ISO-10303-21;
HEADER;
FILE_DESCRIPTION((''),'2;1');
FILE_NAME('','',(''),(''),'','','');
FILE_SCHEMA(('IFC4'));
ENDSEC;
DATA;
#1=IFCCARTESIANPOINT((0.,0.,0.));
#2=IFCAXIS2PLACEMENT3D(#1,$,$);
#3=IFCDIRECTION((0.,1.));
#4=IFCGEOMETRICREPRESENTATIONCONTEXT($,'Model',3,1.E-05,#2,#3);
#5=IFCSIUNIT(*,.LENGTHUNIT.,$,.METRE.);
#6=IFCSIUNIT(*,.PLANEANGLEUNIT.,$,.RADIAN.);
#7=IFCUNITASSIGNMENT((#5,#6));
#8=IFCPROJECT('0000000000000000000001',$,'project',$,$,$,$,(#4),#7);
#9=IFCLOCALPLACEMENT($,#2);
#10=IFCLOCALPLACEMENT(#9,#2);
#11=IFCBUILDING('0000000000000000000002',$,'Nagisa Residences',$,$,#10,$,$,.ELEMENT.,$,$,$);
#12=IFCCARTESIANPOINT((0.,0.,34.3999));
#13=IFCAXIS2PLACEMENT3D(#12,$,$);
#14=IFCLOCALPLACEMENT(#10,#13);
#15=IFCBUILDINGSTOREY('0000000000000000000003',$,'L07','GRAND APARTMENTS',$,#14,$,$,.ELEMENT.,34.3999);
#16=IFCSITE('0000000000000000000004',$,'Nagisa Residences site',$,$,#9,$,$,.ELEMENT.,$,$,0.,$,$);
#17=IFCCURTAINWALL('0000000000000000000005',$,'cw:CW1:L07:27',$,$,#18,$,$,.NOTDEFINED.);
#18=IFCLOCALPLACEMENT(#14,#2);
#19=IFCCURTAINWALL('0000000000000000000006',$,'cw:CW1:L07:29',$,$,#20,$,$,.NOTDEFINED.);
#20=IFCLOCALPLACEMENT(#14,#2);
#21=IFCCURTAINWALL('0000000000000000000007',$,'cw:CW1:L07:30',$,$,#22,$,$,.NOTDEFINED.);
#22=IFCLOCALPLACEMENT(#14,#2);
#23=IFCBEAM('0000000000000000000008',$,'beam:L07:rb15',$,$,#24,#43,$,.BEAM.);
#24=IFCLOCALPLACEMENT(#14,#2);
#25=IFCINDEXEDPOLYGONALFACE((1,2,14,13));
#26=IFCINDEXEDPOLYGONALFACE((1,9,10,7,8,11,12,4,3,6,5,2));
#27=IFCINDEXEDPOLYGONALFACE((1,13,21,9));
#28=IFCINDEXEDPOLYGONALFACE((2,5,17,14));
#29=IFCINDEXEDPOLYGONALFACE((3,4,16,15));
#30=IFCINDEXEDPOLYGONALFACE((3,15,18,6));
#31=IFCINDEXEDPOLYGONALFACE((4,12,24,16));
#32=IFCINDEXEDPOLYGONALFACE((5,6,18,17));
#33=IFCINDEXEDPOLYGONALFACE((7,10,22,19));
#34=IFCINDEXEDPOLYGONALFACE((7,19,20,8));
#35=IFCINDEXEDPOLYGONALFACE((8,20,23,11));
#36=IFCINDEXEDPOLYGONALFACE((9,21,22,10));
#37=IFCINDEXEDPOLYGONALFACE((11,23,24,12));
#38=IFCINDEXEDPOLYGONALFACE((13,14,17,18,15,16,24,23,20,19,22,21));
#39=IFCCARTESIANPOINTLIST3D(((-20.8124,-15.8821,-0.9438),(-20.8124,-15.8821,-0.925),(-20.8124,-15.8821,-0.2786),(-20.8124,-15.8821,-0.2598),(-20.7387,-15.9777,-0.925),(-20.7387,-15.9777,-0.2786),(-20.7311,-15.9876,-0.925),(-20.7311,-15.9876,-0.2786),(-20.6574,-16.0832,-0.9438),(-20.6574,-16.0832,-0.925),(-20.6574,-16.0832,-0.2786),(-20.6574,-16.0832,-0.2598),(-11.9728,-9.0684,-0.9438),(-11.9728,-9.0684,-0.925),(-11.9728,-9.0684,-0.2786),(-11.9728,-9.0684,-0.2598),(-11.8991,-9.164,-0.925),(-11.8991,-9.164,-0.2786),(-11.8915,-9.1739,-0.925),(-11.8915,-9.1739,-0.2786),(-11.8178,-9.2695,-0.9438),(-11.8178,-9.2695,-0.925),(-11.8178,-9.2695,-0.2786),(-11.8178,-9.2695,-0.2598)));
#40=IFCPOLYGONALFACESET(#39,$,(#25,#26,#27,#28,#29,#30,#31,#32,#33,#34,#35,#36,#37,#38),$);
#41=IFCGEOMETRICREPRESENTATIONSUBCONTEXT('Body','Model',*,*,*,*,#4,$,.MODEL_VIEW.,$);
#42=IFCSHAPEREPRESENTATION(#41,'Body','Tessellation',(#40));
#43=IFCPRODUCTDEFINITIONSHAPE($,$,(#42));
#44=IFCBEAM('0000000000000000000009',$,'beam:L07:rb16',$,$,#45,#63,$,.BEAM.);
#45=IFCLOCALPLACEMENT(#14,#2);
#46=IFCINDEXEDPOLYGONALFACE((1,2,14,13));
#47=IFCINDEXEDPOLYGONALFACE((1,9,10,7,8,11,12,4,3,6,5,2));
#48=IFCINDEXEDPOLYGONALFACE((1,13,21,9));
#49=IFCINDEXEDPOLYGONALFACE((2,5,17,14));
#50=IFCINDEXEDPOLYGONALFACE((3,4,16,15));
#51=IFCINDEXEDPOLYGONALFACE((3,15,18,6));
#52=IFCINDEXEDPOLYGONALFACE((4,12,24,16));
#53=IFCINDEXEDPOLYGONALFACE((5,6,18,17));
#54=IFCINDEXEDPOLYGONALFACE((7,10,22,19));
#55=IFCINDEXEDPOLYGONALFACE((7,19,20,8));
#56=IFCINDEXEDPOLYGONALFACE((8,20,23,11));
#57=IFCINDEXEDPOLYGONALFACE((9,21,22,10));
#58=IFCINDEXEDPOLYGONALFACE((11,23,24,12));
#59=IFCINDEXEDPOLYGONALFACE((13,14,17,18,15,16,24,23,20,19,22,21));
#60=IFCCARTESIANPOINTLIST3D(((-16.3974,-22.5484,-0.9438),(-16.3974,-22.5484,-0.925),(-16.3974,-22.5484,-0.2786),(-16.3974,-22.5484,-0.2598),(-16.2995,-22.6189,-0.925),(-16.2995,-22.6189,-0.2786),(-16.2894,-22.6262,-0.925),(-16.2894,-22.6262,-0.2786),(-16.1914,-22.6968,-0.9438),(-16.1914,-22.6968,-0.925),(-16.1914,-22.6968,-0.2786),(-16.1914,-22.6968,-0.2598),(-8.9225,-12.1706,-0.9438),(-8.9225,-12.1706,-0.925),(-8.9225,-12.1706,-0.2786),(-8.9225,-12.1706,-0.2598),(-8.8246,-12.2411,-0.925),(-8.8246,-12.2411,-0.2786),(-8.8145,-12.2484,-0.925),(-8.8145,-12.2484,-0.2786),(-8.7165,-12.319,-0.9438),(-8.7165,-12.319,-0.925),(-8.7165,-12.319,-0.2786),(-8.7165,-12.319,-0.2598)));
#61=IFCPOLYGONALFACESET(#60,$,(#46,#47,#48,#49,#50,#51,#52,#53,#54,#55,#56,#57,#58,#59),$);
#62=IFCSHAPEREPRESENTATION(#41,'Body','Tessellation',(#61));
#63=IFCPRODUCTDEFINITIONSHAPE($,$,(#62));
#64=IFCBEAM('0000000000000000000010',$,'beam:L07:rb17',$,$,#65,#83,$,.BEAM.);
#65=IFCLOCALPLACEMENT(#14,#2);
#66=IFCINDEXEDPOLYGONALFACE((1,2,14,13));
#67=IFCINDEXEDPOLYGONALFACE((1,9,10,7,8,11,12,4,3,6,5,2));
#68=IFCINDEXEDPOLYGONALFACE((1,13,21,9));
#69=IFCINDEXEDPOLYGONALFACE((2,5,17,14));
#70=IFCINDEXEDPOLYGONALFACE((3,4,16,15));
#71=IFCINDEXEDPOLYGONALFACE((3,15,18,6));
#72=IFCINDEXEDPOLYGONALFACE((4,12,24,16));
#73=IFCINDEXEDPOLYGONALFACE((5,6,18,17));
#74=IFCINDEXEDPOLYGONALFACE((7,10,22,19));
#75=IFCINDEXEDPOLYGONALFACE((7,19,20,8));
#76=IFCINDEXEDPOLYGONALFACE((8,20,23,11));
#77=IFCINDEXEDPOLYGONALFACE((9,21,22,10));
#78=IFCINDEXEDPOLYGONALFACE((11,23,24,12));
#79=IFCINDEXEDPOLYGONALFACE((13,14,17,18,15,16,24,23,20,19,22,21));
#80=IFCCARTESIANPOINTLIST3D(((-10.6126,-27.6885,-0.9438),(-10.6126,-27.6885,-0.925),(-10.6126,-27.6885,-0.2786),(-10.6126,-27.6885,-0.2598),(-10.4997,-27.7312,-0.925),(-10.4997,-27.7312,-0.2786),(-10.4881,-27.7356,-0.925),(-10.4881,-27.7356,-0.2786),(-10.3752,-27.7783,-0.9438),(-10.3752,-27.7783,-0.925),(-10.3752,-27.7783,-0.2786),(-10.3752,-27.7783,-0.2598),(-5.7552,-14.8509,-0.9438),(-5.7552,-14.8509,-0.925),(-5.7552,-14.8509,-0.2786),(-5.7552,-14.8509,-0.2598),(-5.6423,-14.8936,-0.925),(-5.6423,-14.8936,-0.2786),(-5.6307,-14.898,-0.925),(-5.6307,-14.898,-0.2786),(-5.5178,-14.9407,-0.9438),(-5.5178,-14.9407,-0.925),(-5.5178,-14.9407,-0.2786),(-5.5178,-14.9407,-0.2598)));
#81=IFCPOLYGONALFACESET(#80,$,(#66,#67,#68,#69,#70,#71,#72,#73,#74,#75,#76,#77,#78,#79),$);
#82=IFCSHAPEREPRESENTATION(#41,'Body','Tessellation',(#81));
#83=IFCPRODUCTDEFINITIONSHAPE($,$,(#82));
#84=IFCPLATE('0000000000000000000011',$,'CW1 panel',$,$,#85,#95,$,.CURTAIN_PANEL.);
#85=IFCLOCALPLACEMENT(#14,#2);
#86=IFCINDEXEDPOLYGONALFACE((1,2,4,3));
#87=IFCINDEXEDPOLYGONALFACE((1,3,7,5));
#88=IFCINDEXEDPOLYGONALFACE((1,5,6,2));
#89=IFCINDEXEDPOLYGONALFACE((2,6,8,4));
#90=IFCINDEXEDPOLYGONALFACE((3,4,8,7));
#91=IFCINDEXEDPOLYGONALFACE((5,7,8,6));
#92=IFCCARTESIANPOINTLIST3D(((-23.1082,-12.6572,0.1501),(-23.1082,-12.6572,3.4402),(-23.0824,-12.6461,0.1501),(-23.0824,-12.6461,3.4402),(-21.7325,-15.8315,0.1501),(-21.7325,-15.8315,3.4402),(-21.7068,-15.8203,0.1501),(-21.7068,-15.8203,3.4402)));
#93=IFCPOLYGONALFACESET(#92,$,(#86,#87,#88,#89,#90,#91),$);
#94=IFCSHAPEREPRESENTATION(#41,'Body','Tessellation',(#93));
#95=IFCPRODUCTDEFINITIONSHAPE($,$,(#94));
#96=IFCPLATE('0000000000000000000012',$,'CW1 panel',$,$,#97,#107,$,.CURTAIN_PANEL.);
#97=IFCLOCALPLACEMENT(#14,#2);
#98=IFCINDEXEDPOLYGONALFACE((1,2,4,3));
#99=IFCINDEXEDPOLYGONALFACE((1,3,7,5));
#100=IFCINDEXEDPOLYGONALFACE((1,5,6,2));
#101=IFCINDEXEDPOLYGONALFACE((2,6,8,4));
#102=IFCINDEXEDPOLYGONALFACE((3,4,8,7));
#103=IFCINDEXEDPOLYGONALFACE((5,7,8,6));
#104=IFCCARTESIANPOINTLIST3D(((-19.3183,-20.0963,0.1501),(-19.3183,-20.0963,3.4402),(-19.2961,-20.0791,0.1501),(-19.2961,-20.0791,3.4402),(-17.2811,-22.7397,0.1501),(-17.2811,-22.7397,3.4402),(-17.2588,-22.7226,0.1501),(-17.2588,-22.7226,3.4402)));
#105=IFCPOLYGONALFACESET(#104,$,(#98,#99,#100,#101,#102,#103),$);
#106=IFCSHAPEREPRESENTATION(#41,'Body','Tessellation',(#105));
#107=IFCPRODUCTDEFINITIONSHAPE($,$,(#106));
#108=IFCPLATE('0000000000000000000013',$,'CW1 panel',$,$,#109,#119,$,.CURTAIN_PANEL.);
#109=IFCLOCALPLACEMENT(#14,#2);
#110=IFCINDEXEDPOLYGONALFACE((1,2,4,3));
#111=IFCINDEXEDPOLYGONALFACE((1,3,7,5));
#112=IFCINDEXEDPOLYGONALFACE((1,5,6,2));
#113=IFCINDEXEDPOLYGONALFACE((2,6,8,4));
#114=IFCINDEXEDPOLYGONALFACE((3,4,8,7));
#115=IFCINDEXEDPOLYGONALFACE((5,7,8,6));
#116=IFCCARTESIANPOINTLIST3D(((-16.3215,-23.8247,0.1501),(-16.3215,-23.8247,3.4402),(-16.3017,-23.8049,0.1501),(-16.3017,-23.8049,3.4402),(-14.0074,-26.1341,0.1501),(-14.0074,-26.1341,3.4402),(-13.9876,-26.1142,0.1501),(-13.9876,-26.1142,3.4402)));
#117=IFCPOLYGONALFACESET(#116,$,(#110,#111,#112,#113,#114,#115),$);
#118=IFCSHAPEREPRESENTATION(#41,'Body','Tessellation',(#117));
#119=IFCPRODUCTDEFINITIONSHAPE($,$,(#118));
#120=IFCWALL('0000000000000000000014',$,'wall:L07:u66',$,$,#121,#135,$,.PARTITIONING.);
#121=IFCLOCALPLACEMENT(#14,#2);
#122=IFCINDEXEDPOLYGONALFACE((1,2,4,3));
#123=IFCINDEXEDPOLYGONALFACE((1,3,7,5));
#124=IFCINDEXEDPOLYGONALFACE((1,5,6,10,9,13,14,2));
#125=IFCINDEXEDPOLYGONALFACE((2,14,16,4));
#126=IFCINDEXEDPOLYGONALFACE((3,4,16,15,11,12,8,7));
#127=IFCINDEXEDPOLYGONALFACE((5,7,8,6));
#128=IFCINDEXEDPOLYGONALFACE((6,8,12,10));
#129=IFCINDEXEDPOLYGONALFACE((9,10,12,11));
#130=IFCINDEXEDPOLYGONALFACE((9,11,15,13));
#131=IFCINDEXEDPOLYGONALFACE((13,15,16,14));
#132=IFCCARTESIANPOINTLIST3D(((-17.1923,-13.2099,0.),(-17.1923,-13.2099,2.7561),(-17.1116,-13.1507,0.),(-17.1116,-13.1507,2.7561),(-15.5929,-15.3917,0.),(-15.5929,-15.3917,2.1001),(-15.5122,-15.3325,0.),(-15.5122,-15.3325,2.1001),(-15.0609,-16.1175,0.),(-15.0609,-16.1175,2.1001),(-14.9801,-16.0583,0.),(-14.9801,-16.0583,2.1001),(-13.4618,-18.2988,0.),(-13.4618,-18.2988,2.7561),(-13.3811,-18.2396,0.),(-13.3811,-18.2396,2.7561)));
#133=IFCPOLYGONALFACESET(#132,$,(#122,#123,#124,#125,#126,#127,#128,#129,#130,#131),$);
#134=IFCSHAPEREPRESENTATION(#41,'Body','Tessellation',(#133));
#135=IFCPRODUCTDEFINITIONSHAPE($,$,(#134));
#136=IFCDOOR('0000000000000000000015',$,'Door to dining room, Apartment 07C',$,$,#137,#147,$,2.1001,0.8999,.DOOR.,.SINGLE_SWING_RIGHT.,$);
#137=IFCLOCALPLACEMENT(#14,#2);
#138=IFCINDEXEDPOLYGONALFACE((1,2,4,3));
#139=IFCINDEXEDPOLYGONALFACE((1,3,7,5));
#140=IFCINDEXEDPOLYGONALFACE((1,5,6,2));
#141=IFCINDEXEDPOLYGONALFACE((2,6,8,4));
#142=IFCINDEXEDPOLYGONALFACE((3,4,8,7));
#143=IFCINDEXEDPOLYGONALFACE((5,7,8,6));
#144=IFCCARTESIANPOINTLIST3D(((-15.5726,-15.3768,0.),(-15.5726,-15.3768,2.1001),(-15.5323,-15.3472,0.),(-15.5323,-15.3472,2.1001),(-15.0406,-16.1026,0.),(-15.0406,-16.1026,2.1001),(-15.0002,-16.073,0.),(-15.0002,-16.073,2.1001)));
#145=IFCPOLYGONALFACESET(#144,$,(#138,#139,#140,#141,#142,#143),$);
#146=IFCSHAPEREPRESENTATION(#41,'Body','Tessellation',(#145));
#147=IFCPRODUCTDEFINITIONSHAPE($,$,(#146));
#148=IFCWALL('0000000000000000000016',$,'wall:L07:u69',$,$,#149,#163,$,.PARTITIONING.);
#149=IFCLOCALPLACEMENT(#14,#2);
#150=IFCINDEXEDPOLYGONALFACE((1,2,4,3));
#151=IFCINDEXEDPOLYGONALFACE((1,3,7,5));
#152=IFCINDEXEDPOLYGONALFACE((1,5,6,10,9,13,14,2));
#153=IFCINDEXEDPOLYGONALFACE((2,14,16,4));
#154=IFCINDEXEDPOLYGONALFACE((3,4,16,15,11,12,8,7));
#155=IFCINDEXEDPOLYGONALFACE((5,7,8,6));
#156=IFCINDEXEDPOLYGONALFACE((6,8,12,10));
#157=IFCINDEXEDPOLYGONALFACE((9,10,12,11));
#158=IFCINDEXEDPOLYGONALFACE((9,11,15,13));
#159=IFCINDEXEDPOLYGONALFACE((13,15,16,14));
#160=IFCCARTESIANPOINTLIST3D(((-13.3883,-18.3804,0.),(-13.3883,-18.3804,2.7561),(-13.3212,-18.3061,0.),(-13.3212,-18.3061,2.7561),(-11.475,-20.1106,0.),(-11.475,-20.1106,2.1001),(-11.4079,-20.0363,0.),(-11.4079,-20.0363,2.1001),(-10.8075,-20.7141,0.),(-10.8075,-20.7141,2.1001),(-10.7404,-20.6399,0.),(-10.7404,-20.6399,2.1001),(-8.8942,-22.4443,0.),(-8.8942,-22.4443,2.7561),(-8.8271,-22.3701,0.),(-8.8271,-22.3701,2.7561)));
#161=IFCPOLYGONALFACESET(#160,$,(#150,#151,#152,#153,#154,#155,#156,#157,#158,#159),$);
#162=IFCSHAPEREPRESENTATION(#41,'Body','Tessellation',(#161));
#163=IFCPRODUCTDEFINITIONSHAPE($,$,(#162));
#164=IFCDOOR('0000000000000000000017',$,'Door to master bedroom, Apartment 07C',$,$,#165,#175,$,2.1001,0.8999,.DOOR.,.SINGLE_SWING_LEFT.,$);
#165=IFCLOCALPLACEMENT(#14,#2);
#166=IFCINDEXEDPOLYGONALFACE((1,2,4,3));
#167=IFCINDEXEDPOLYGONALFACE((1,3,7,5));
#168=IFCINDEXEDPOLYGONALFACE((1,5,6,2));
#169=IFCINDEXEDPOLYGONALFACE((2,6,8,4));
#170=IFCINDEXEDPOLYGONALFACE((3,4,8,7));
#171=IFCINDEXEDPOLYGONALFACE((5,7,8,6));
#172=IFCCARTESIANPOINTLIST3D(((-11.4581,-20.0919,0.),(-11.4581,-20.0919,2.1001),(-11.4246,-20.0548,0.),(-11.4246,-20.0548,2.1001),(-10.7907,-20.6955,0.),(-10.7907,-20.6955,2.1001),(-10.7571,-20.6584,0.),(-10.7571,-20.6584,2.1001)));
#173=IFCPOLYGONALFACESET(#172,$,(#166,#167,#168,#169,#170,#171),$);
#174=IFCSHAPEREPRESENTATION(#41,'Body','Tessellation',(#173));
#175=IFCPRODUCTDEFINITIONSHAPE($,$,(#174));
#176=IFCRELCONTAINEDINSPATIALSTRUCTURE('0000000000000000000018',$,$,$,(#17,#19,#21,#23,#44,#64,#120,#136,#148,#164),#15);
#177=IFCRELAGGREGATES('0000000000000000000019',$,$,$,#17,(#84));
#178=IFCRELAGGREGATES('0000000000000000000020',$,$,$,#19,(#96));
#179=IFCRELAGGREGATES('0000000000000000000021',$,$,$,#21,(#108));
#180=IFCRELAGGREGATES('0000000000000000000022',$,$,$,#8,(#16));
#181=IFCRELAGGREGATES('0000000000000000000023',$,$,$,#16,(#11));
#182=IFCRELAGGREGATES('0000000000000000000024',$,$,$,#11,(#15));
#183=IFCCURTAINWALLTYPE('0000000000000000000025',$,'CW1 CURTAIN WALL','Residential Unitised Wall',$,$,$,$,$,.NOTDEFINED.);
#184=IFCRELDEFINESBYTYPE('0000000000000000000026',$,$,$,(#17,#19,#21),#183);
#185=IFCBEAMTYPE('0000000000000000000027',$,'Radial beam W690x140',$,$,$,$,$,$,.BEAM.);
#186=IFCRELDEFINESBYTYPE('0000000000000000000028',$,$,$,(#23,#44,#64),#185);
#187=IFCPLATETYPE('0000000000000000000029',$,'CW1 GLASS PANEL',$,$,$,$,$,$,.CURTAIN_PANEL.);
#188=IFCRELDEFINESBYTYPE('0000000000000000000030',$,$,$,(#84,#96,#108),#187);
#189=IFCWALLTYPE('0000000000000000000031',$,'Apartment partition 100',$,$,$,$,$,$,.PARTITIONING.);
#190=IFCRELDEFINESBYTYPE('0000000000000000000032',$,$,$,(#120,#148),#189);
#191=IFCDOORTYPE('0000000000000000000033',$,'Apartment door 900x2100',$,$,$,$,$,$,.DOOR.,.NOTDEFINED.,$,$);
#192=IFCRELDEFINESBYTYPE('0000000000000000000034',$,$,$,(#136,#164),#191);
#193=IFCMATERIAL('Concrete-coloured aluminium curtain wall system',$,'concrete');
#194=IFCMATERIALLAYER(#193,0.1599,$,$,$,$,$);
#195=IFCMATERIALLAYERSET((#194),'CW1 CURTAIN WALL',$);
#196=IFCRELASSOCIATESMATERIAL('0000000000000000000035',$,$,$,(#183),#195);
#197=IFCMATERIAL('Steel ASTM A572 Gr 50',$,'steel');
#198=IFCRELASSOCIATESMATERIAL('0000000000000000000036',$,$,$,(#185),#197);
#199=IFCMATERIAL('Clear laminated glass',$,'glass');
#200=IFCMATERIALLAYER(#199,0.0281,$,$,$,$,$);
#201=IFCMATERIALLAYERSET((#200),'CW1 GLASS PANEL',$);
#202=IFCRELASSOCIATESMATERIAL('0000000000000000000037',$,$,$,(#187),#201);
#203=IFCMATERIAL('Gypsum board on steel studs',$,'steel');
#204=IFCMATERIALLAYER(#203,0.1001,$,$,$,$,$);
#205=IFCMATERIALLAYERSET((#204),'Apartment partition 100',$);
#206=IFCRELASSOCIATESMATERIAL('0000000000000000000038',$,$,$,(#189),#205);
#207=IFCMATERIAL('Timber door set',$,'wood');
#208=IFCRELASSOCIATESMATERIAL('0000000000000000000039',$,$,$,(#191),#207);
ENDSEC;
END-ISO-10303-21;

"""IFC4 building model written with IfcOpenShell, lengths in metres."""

from ifc_helpers import new_model, si_unit, direction, frame, frame_2d, origin, origin_2d, place, context, subcontext, project, spatial, rectangle, i_section, extrude, material, layer, layer_set, material_profile, profile_set, type_object, element, fill, aggregate, save


model = new_model("IFC4")

# Units and contexts
model_context = context("Model", 3, precision=1e-05, world=origin(), true_north=direction((0.0, 1.0)))
body_context = subcontext(model_context, "Body", "Model", "MODEL_VIEW")
ifc_project = project(units=[si_unit("LENGTHUNIT", "METRE"), si_unit("PLANEANGLEUNIT", "RADIAN")], contexts=[model_context])

# Site, building, storey
site_placement = place(None, origin())
site = spatial("IfcSite", under=ifc_project, at=site_placement, Name="Nagisa Residences site", CompositionType="ELEMENT", RefElevation=0.0)
building_placement = place(site_placement, origin())
building = spatial("IfcBuilding", under=site, at=building_placement, Name="Nagisa Residences", CompositionType="ELEMENT")
storey_placement = place(building_placement, frame((0.0, 0.0, 34.3999)))
storey = spatial("IfcBuildingStorey", under=building, at=storey_placement, Name="L07", Description="GRAND APARTMENTS", CompositionType="ELEMENT", Elevation=34.3999)

# Curtain walls
ifc_material_1 = material(Name="Concrete-coloured aluminium curtain wall system", Category="concrete")
ifc_layer_1 = layer(ifc_material_1, 0.1599)
ifc_layer_set_1 = layer_set([ifc_layer_1], Name="CW1 CURTAIN WALL")
curtain_wall_type = type_object("IfcCurtainWallType", Name="CW1 CURTAIN WALL", Description="Residential Unitised Wall", PredefinedType="NOTDEFINED", material=ifc_layer_set_1)
curtain_wall_1_placement = place(storey_placement, origin())
curtain_wall_1 = element("IfcCurtainWall", 1, at=curtain_wall_1_placement, inside=storey, type_object=curtain_wall_type, Name="cw:CW1:L07:27", PredefinedType="NOTDEFINED")
curtain_wall_2_placement = place(storey_placement, origin())
curtain_wall_2 = element("IfcCurtainWall", 2, at=curtain_wall_2_placement, inside=storey, type_object=curtain_wall_type, Name="cw:CW1:L07:29", PredefinedType="NOTDEFINED")
curtain_wall_3_placement = place(storey_placement, origin())
curtain_wall_3 = element("IfcCurtainWall", 3, at=curtain_wall_3_placement, inside=storey, type_object=curtain_wall_type, Name="cw:CW1:L07:30", PredefinedType="NOTDEFINED")

# Beams
ifc_material_2 = material(Name="Steel ASTM A572 Gr 50", Category="steel")
ifc_material_profile_1 = material_profile(ifc_material_2, i_section(OverallWidth=0.2539, OverallDepth=0.6841, WebThickness=0.0125, FlangeThickness=0.0188, at=origin_2d()), Name="W690x140")
ifc_profile_set_1 = profile_set([ifc_material_profile_1], Name="Steel ASTM A572 Gr 50")
beam_type_1 = type_object("IfcBeamType", Name="Radial beam W690x140", PredefinedType="BEAM", material=ifc_profile_set_1)
beam_1_placement = place(storey_placement, frame((-20.7349, -15.9827, -0.6018), z_axis=(0.792016, 0.6105, 0.0), x_axis=(-0.6105, 0.792016, 0.0)))
element("IfcBeam", 4, at=beam_1_placement, inside=storey, type_object=beam_type_1, Name="beam:L07:rb15", PredefinedType="BEAM", context=body_context, shape_type="SweptSolid", body=[
    extrude(i_section(OverallWidth=0.2539, OverallDepth=0.6841, WebThickness=0.0125, FlangeThickness=0.0188, at=origin_2d()), origin(), (0.0, 0.0, 1.0), 11.1609),
])
beam_2_placement = place(storey_placement, frame((-16.2944, -22.6226, -0.6018), z_axis=(0.584455, 0.811426, 0.0), x_axis=(-0.811426, 0.584455, 0.0)))
element("IfcBeam", 5, at=beam_2_placement, inside=storey, type_object=beam_type_1, Name="beam:L07:rb16", PredefinedType="BEAM", context=body_context, shape_type="SweptSolid", body=[
    extrude(i_section(OverallWidth=0.2539, OverallDepth=0.6841, WebThickness=0.0125, FlangeThickness=0.0188, at=origin_2d()), origin(), (0.0, 0.0, 1.0), 12.7896),
])
beam_3_placement = place(storey_placement, frame((-10.4939, -27.7334, -0.6018), z_axis=(0.353888, 0.935288, 0.0), x_axis=(-0.935288, 0.353888, 0.0)))
element("IfcBeam", 6, at=beam_3_placement, inside=storey, type_object=beam_type_1, Name="beam:L07:rb17", PredefinedType="BEAM", context=body_context, shape_type="SweptSolid", body=[
    extrude(i_section(OverallWidth=0.2539, OverallDepth=0.6841, WebThickness=0.0125, FlangeThickness=0.0188, at=origin_2d()), origin(), (0.0, 0.0, 1.0), 13.7258),
])

# Plates
ifc_material_3 = material(Name="Clear laminated glass", Category="glass")
ifc_layer_2 = layer(ifc_material_3, 0.0281)
ifc_layer_set_2 = layer_set([ifc_layer_2], Name="CW1 GLASS PANEL")
plate_type = type_object("IfcPlateType", Name="CW1 GLASS PANEL", PredefinedType="CURTAIN_PANEL", material=ifc_layer_set_2)
plate_1_placement = place(storey_placement, frame((-22.4075, -14.2388, 0.1501), z_axis=(0.0, 0.0, 1.0), x_axis=(0.397636, -0.917543, 0.0)))
plate_1 = element("IfcPlate", 7, at=plate_1_placement, type_object=plate_type, Name="CW1 panel", PredefinedType="CURTAIN_PANEL", context=body_context, shape_type="SweptSolid", body=[
    extrude(rectangle(XDim=3.4595, YDim=0.0281, at=origin_2d()), origin(), (0.0, 0.0, 1.0), 3.29),
])
aggregate(curtain_wall_1, [plate_1])
plate_2_placement = place(storey_placement, frame((-18.2886, -21.4094, 0.1501), z_axis=(0.0, 0.0, 1.0), x_axis=(0.61043, -0.79207, 0.0)))
plate_2 = element("IfcPlate", 8, at=plate_2_placement, type_object=plate_type, Name="CW1 panel", PredefinedType="CURTAIN_PANEL", context=body_context, shape_type="SweptSolid", body=[
    extrude(rectangle(XDim=3.3374, YDim=0.0281, at=origin_2d()), origin(), (0.0, 0.0, 1.0), 3.29),
])
aggregate(curtain_wall_2, [plate_2])
plate_3_placement = place(storey_placement, frame((-15.1545, -24.9695, 0.1501), z_axis=(0.0, 0.0, 1.0), x_axis=(0.707836, -0.706377, 0.0)))
plate_3 = element("IfcPlate", 9, at=plate_3_placement, type_object=plate_type, Name="CW1 panel", PredefinedType="CURTAIN_PANEL", context=body_context, shape_type="SweptSolid", body=[
    extrude(rectangle(XDim=3.2693, YDim=0.0281, at=origin_2d()), origin(), (0.0, 0.0, 1.0), 3.29),
])
aggregate(curtain_wall_3, [plate_3])

# Walls, openings, doors
ifc_material_4 = material(Name="Gypsum board on steel studs", Category="steel")
ifc_layer_3 = layer(ifc_material_4, 0.1001)
ifc_layer_set_3 = layer_set([ifc_layer_3], Name="Apartment partition 100")
wall_type_1 = type_object("IfcWallType", Name="Apartment partition 100", PredefinedType="PARTITIONING", material=ifc_layer_set_3)
wall_1_placement = place(storey_placement, frame((-17.1519, -13.1804, 0.0), z_axis=(0.0, 0.0, 1.0), x_axis=(0.591223, -0.806508, 0.0)))
wall_1 = element("IfcWall", 10, at=wall_1_placement, inside=storey, type_object=wall_type_1, Name="wall:L07:u66", PredefinedType="PARTITIONING", context=body_context, shape_type="SweptSolid", body=[
    extrude(rectangle(XDim=6.3098, YDim=0.1001, at=frame_2d((3.1548, 0.0))), origin(), (0.0, 0.0, 1.0), 2.7561),
])
opening_1_placement = place(wall_1_placement, frame((2.7051, 0.0, 0.0)))
opening_1 = element("IfcOpeningElement", 11, at=opening_1_placement, cuts=wall_1, PredefinedType="OPENING", context=body_context, shape_type="SweptSolid", body=[
    extrude(rectangle(XDim=0.8999, YDim=2.1001, at=frame_2d((0.45, 1.05))), frame((0.0, 0.0601, 0.0), z_axis=(0.0, -1.0, 0.0), x_axis=(1.0, 0.0, 0.0)), (0.0, 0.0, 1.0), 0.1201),
])
ifc_material_5 = material(Name="Timber door set", Category="wood")
door_type_1 = type_object("IfcDoorType", Name="Apartment door 900x2100", OperationType="NOTDEFINED", PredefinedType="DOOR", material=ifc_material_5)
door_1_placement = place(opening_1_placement, frame((0.8999, 0.0, 0.0), x_axis=(-1.0, 0.0, 0.0)))
door_1 = element("IfcDoor", 12, at=door_1_placement, inside=storey, type_object=door_type_1, Name="Door to dining room, Apartment 07C", OperationType="SINGLE_SWING_RIGHT", OverallHeight=2.1001, OverallWidth=0.8999, PredefinedType="DOOR", context=body_context, shape_type="SweptSolid", body=[
    extrude(rectangle(XDim=0.8999, YDim=2.1001, at=frame_2d((0.45, 1.05))), frame((0.0, 0.0249, 0.0), z_axis=(0.0, -1.0, 0.0), x_axis=(1.0, 0.0, 0.0)), (0.0, 0.0, 1.0), 0.05),
])
fill(opening_1, door_1)
wall_2_placement = place(storey_placement, frame((-13.3547, -18.3433, 0.0), z_axis=(0.0, 0.0, 1.0), x_axis=(0.741713, -0.670717, 0.0)))
wall_2 = element("IfcWall", 13, at=wall_2_placement, inside=storey, type_object=wall_type_1, Name="wall:L07:u69", PredefinedType="PARTITIONING", context=body_context, shape_type="SweptSolid", body=[
    extrude(rectangle(XDim=6.0591, YDim=0.1001, at=frame_2d((3.0295, 0.0))), origin(), (0.0, 0.0, 1.0), 2.7561),
])
opening_2_placement = place(wall_2_placement, frame((2.5796, 0.0, 0.0)))
opening_2 = element("IfcOpeningElement", 14, at=opening_2_placement, cuts=wall_2, PredefinedType="OPENING", context=body_context, shape_type="SweptSolid", body=[
    extrude(rectangle(XDim=0.8999, YDim=2.1001, at=frame_2d((0.45, 1.05))), frame((0.0, 0.0601, 0.0), z_axis=(0.0, -1.0, 0.0), x_axis=(1.0, 0.0, 0.0)), (0.0, 0.0, 1.0), 0.1201),
])
door_2_placement = place(opening_2_placement, frame((0.8999, 0.0, 0.0), x_axis=(-1.0, 0.0, 0.0)))
door_2 = element("IfcDoor", 15, at=door_2_placement, inside=storey, type_object=door_type_1, Name="Door to master bedroom, Apartment 07C", OperationType="SINGLE_SWING_LEFT", OverallHeight=2.1001, OverallWidth=0.8999, PredefinedType="DOOR", context=body_context, shape_type="SweptSolid", body=[
    extrude(rectangle(XDim=0.8999, YDim=2.1001, at=frame_2d((0.45, 1.05))), frame((0.0, 0.0249, 0.0), z_axis=(0.0, -1.0, 0.0), x_axis=(1.0, 0.0, 0.0)), (0.0, 0.0, 1.0), 0.05),
])
fill(opening_2, door_2)

save(model, "model.ifc")
